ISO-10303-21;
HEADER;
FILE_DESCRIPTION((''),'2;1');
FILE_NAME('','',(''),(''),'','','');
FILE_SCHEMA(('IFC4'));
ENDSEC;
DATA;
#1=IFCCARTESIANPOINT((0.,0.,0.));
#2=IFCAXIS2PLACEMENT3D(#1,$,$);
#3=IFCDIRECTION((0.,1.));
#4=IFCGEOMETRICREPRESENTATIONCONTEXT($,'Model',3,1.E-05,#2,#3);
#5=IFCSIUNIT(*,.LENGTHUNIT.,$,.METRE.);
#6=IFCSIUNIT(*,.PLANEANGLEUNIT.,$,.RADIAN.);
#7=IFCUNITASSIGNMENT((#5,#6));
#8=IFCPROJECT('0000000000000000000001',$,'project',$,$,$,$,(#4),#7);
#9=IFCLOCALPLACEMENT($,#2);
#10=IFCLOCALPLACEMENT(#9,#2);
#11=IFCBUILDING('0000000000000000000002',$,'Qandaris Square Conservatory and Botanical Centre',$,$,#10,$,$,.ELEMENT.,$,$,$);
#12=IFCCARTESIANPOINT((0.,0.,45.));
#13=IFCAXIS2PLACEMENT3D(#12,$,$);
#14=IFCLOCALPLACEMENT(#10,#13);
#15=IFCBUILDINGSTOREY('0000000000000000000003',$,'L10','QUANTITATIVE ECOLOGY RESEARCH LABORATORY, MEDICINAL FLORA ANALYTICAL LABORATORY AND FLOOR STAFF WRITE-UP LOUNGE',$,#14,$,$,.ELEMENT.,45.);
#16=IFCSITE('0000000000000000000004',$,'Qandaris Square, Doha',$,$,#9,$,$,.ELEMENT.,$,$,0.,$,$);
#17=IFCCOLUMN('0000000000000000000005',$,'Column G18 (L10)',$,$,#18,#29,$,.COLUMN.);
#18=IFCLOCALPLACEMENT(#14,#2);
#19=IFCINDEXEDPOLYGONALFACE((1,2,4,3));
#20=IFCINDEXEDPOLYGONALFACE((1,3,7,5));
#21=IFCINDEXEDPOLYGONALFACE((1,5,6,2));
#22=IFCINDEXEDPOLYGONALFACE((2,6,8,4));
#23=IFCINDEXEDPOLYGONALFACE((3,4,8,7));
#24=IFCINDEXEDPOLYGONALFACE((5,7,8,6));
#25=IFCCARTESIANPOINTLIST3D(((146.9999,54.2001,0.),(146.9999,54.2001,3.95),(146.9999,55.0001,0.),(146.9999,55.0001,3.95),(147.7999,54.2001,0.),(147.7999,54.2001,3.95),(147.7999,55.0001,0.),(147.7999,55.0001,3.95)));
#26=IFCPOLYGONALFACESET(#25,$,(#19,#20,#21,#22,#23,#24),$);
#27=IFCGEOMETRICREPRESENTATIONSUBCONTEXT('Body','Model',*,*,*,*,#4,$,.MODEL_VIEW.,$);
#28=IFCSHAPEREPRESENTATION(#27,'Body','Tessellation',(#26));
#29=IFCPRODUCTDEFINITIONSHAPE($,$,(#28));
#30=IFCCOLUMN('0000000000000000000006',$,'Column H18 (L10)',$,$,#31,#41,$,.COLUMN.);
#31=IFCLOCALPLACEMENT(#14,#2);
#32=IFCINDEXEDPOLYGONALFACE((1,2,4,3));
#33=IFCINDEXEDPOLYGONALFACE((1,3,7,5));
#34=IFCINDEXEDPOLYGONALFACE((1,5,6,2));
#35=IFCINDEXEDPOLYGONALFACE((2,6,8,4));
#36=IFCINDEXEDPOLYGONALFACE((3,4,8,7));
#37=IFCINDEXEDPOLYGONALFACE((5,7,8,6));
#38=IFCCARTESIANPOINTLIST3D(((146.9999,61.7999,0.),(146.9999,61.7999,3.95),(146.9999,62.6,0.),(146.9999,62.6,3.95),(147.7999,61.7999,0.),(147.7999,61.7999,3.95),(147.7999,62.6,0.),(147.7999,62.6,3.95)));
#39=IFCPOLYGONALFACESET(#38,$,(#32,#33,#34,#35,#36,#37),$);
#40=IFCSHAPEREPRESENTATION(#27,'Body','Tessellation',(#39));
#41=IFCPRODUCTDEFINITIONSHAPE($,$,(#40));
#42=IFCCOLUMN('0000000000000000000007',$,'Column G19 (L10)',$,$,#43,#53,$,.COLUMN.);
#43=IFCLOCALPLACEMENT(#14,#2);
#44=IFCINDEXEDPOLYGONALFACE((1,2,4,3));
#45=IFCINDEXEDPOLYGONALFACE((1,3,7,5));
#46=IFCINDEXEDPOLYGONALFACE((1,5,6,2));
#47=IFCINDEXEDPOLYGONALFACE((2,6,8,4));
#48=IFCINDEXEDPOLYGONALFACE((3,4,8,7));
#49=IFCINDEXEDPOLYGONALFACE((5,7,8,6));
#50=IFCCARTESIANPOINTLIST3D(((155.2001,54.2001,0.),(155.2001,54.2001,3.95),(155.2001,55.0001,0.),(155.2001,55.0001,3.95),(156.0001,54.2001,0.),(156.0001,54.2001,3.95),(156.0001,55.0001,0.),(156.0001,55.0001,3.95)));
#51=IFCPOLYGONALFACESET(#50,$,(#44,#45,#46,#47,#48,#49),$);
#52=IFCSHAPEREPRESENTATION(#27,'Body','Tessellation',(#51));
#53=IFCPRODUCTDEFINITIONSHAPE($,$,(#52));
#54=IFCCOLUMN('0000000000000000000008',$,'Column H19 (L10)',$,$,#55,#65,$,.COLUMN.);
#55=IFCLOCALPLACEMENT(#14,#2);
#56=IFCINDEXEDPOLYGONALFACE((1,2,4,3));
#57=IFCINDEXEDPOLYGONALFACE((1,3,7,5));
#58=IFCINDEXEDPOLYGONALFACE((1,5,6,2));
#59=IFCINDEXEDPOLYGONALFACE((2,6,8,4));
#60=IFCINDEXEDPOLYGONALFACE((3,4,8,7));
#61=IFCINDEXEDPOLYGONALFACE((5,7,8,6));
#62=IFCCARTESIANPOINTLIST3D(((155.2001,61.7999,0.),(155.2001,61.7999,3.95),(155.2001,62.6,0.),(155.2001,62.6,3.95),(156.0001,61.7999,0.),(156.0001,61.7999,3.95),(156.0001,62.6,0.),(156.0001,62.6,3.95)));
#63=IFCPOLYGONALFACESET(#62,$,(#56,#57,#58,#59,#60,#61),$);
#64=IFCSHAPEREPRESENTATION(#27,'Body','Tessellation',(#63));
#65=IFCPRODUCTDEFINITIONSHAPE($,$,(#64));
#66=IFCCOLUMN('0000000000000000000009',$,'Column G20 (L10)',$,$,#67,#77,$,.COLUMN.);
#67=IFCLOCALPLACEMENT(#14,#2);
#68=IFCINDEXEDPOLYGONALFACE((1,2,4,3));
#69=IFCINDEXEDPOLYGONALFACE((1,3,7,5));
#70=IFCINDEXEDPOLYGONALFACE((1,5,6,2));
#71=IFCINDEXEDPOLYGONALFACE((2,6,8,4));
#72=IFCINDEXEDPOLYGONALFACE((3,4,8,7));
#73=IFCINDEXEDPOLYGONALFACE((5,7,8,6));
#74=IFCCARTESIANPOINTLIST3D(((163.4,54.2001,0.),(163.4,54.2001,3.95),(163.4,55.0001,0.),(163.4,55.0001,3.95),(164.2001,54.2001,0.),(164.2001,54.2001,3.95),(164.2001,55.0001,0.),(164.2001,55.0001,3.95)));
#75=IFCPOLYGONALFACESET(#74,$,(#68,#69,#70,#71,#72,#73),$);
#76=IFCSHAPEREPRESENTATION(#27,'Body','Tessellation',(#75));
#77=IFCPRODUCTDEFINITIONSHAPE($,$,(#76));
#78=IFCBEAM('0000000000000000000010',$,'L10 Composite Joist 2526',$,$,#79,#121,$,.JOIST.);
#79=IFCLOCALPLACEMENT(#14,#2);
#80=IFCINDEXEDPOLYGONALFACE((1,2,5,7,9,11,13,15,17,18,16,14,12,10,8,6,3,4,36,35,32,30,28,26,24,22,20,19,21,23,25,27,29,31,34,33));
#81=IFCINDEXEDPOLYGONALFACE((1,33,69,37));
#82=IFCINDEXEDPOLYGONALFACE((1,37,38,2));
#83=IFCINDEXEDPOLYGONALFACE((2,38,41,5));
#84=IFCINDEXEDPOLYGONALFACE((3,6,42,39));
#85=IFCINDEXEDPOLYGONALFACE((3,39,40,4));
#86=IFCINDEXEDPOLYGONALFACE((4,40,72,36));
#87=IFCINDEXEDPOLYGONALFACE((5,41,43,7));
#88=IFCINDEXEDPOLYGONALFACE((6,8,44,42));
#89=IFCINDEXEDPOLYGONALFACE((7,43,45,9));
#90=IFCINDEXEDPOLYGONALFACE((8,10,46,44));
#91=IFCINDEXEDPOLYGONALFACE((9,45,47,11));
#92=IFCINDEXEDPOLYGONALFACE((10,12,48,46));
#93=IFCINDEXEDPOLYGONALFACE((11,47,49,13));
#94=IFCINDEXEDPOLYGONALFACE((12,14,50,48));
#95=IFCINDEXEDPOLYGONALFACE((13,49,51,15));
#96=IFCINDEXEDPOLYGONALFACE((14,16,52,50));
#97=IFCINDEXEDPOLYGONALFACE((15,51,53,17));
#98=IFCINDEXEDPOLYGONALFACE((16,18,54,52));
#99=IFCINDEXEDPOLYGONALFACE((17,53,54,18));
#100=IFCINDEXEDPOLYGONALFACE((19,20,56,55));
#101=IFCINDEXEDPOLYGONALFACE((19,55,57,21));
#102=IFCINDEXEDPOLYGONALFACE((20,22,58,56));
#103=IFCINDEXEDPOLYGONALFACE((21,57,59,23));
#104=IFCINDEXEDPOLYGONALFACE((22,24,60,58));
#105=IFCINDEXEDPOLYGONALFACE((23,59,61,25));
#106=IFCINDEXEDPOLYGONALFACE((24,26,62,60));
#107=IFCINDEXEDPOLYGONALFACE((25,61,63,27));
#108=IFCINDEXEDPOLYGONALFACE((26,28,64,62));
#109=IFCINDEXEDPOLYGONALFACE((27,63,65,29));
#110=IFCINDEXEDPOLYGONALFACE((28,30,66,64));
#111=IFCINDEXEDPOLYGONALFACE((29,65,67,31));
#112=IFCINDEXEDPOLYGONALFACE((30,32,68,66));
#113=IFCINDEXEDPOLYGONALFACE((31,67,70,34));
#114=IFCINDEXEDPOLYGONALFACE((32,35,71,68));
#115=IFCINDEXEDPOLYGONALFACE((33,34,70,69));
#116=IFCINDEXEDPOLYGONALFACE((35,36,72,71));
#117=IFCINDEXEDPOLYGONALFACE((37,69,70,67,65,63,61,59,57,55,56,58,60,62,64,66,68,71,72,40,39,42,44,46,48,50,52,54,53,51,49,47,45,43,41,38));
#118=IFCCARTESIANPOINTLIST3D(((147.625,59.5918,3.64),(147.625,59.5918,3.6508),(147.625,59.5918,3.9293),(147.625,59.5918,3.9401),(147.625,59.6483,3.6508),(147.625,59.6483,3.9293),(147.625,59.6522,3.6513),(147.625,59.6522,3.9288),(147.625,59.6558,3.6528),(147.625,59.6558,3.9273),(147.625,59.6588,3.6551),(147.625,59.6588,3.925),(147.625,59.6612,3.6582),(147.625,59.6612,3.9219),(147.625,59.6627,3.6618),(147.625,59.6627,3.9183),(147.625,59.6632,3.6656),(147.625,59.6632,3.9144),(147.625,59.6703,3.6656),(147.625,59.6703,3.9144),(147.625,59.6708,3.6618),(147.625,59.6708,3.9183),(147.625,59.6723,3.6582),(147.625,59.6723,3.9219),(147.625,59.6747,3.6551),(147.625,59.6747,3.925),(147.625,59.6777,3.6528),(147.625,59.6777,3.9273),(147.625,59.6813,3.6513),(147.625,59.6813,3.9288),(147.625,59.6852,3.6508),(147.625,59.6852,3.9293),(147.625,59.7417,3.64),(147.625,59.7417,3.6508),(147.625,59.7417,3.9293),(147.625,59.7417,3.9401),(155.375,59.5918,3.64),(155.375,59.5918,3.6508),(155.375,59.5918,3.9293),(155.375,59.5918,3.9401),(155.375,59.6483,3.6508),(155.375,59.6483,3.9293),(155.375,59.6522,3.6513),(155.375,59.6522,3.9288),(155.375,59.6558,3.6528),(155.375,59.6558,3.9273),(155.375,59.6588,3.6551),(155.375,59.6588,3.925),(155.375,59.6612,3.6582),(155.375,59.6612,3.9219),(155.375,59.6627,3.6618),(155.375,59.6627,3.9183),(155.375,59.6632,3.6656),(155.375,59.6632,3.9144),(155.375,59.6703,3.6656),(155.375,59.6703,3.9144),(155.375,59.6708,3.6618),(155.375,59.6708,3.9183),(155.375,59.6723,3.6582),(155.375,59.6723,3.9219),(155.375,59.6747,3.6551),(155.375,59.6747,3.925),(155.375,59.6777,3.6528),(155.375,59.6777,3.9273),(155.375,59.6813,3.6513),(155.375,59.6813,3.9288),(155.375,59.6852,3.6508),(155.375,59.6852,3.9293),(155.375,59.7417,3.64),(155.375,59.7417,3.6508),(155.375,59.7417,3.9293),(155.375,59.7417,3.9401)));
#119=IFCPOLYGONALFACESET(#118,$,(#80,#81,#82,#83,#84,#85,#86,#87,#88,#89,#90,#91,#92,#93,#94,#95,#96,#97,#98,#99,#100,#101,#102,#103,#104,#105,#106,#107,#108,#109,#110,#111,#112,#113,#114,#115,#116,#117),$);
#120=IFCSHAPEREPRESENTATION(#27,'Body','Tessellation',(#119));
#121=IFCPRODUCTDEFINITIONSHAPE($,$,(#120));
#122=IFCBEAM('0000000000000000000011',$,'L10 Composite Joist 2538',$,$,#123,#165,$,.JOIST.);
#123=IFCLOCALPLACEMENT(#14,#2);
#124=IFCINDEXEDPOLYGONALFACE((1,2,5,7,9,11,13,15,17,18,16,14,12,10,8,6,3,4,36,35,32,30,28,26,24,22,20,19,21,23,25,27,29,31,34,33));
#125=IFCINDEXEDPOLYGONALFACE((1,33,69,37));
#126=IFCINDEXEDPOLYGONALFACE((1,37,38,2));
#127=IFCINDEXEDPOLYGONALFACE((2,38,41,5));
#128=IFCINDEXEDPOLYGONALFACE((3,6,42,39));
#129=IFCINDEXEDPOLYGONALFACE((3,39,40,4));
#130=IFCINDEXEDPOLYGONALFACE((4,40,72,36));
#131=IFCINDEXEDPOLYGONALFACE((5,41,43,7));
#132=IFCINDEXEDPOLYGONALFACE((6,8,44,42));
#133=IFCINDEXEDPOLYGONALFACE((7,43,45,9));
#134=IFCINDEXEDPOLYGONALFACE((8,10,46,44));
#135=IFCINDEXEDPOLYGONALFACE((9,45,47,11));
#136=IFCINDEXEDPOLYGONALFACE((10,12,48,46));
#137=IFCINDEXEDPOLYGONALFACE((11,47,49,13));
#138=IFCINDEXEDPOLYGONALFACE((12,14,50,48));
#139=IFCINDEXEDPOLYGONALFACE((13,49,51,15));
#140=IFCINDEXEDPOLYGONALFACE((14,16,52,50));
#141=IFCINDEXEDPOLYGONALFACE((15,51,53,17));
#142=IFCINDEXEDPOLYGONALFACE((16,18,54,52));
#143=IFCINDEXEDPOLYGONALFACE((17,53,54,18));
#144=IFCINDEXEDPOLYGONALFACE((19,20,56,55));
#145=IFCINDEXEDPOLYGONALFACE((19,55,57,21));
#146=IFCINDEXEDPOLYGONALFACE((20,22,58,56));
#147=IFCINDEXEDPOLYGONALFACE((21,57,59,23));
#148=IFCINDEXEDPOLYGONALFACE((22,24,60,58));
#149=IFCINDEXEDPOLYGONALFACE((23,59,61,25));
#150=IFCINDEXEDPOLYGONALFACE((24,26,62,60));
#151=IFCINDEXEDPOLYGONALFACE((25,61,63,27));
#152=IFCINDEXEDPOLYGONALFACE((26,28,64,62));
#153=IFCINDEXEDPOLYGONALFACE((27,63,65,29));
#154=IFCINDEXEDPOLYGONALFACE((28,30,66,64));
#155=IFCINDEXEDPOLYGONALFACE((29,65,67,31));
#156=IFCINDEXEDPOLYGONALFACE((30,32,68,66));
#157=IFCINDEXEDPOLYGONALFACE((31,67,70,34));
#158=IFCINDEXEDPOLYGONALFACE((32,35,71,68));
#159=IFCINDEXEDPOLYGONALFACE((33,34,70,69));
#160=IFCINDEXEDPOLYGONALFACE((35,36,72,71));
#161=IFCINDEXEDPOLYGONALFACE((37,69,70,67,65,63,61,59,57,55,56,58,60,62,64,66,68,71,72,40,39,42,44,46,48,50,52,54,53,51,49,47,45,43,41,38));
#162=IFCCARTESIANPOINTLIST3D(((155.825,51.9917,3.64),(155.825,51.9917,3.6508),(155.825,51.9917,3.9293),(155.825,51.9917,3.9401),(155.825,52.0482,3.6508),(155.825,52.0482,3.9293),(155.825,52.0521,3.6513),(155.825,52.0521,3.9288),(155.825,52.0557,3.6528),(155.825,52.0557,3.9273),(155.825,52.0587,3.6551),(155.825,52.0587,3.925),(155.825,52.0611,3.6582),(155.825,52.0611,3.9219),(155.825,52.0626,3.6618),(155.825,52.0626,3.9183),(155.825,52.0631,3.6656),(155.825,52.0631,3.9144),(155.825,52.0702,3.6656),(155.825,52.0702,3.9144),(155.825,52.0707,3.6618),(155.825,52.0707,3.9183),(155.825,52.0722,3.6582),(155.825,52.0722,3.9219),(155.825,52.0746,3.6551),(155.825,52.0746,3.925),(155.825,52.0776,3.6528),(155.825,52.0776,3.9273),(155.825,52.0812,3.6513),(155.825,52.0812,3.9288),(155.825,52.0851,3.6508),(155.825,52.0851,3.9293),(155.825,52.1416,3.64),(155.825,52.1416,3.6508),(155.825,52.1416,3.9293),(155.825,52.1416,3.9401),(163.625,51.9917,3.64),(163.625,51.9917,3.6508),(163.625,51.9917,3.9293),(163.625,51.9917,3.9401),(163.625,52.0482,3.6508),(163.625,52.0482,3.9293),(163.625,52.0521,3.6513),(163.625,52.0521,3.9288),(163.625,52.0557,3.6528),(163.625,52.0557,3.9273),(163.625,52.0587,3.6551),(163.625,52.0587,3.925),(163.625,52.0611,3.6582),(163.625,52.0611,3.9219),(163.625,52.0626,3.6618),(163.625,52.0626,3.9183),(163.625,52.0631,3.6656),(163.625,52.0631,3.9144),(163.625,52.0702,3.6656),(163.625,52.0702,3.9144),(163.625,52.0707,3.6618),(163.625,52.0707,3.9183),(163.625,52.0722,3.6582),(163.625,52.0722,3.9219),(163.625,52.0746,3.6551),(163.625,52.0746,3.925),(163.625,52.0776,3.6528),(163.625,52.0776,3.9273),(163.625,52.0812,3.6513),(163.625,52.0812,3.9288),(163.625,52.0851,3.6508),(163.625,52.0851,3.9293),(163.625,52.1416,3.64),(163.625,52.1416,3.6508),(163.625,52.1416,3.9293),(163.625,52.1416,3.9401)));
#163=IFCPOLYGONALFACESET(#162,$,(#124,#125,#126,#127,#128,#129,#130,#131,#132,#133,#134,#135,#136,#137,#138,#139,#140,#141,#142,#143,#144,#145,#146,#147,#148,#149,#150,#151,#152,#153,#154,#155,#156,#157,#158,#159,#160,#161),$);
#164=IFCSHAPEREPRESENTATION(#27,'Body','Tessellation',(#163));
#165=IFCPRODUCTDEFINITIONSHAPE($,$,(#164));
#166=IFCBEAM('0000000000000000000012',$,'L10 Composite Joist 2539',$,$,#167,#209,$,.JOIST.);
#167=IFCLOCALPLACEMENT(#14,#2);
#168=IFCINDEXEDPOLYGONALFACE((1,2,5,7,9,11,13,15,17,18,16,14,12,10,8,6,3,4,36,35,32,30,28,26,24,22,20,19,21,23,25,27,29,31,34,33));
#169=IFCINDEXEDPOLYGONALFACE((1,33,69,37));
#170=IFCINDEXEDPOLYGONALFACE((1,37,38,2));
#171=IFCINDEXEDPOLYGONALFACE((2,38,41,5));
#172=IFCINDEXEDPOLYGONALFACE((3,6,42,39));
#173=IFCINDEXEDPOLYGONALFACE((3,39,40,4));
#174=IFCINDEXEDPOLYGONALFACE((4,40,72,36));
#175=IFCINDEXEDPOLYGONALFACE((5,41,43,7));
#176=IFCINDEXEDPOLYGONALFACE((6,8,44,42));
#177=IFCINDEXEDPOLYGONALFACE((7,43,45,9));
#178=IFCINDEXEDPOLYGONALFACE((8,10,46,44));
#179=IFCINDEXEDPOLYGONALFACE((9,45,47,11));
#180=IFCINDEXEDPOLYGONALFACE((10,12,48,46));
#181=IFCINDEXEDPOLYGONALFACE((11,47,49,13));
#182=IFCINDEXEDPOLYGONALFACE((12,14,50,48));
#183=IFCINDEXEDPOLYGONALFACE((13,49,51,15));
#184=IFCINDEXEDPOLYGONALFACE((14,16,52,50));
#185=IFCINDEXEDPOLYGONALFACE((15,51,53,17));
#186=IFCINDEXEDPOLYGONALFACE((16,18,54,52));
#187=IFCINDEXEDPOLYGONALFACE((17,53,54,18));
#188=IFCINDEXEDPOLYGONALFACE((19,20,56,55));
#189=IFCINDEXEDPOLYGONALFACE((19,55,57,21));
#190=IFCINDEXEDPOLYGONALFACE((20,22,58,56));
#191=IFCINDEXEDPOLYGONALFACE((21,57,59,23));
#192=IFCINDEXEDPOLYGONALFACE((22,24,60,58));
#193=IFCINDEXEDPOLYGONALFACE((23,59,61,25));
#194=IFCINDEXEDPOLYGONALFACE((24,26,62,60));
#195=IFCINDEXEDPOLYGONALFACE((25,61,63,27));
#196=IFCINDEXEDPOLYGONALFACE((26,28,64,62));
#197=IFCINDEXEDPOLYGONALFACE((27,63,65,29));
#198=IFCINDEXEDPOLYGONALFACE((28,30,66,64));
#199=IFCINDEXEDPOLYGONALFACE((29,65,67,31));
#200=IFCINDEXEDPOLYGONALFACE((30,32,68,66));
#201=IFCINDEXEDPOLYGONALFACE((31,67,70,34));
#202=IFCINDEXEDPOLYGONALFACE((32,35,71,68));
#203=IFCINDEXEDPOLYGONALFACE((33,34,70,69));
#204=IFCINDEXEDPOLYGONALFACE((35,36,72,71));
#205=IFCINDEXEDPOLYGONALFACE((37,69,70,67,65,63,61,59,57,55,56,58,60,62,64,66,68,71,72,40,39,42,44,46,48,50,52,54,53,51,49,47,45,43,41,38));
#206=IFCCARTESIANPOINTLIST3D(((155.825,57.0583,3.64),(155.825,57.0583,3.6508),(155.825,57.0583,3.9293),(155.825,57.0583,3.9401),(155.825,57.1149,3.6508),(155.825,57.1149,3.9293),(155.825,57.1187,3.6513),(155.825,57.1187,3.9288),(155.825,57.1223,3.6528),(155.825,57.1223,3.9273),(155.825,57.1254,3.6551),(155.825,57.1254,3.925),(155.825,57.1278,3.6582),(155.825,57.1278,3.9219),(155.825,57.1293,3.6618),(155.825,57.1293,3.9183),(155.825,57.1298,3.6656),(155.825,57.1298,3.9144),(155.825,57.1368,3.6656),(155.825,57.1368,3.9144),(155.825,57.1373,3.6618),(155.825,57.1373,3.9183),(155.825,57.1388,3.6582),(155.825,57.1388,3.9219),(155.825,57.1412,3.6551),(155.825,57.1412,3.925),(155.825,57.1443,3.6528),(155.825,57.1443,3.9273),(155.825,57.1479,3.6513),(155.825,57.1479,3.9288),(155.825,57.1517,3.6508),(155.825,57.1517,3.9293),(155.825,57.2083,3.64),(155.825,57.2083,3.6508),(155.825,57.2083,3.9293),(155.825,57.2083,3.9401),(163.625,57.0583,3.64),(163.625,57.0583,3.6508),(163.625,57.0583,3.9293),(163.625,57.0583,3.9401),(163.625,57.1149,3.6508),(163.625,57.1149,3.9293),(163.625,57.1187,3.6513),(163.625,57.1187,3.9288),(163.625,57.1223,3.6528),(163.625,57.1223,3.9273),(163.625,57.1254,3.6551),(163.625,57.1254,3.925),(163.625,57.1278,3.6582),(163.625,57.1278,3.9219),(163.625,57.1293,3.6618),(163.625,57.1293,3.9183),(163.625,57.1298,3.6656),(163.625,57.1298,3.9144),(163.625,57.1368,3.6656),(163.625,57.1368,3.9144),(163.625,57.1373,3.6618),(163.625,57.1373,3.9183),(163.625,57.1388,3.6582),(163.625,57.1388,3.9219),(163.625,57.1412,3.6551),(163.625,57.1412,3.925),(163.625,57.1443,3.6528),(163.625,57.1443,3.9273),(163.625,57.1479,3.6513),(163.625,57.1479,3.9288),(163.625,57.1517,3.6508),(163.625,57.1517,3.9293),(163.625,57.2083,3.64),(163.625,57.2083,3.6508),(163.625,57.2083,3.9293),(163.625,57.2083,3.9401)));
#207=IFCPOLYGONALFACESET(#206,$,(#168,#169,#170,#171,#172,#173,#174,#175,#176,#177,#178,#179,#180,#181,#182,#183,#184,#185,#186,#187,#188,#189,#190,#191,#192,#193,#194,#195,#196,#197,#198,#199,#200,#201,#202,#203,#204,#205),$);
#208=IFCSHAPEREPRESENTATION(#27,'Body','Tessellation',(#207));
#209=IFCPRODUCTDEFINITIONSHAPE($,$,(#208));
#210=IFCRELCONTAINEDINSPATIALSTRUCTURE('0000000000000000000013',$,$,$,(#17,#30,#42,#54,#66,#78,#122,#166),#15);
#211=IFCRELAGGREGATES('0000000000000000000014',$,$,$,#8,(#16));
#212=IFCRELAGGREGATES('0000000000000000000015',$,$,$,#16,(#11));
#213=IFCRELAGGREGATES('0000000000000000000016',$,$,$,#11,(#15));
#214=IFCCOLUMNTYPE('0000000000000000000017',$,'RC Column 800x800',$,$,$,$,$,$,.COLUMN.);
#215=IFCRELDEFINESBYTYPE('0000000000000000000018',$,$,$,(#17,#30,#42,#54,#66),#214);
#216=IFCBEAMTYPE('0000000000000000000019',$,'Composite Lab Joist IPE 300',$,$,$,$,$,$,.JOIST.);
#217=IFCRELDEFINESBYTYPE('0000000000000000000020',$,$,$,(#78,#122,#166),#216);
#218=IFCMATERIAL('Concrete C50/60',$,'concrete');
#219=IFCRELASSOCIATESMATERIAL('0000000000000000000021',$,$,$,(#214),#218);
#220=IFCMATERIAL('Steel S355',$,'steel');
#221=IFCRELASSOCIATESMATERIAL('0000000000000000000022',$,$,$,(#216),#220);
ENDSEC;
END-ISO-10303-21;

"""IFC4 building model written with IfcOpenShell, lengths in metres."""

from ifc_helpers import new_model, si_unit, direction, frame, origin, origin_2d, place, context, subcontext, project, spatial, rectangle, i_section, extrude, material, material_profile, profile_set, type_object, element, save


model = new_model("IFC4")

# Units and contexts
model_context = context("Model", 3, precision=1e-05, world=origin(), true_north=direction((0.0, 1.0)))
body_context = subcontext(model_context, "Body", "Model", "MODEL_VIEW")
ifc_project = project(units=[si_unit("LENGTHUNIT", "METRE"), si_unit("PLANEANGLEUNIT", "RADIAN")], contexts=[model_context])

# Site, building, storey
site_placement = place(None, origin())
site = spatial("IfcSite", under=ifc_project, at=site_placement, Name="Qandaris Square, Doha", CompositionType="ELEMENT", RefElevation=0.0)
building_placement = place(site_placement, origin())
building = spatial("IfcBuilding", under=site, at=building_placement, Name="Qandaris Square Conservatory and Botanical Centre", CompositionType="ELEMENT")
storey_placement = place(building_placement, frame((0.0, 0.0, 45.0)))
storey = spatial("IfcBuildingStorey", under=building, at=storey_placement, Name="L10", Description="QUANTITATIVE ECOLOGY RESEARCH LABORATORY, MEDICINAL FLORA ANALYTICAL LABORATORY AND FLOOR STAFF WRITE-UP LOUNGE", CompositionType="ELEMENT", Elevation=45.0)

# Columns
ifc_material_1 = material(Name="Concrete C50/60", Category="concrete")
ifc_material_profile_1 = material_profile(ifc_material_1, rectangle(XDim=0.8, YDim=0.8, at=origin_2d()), Name="RC-COL 800x800")
ifc_profile_set_1 = profile_set([ifc_material_profile_1], Name="Concrete C50/60")
column_type = type_object("IfcColumnType", Name="RC Column 800x800", PredefinedType="COLUMN", material=ifc_profile_set_1)
for number, where, z_axis, x_axis, name in (
    (1, (147.3999, 54.6001, 0.0), (0.0, 0.0, 1.0), (1.0, 0.0, 0.0), "Column G18 (L10)"),
    (2, (147.3999, 62.2, 0.0), (0.0, 0.0, 1.0), (1.0, 0.0, 0.0), "Column H18 (L10)"),
    (3, (155.6001, 54.6001, 0.0), (0.0, 0.0, 1.0), (1.0, 0.0, 0.0), "Column G19 (L10)"),
    (4, (155.6001, 62.2, 0.0), (0.0, 0.0, 1.0), (1.0, 0.0, 0.0), "Column H19 (L10)"),
    (5, (163.8, 54.6001, 0.0), (0.0, 0.0, 1.0), (1.0, 0.0, 0.0), "Column G20 (L10)"),
):
    element("IfcColumn", number, at=place(storey_placement, frame(where, z_axis=z_axis, x_axis=x_axis)), inside=storey, type_object=column_type, Name=name, PredefinedType="COLUMN", context=body_context, shape_type="SweptSolid", body=[
        extrude(rectangle(XDim=0.8, YDim=0.8, at=origin_2d()), origin(), (0.0, 0.0, 1.0), 3.95),
    ])

# Beams
ifc_material_2 = material(Name="Steel S355", Category="steel")
ifc_material_profile_2 = material_profile(ifc_material_2, i_section(OverallWidth=0.1499, OverallDepth=0.3, WebThickness=0.0071, FlangeThickness=0.0107, FilletRadius=0.0149, at=origin_2d()), Name="IPE 300")
ifc_profile_set_2 = profile_set([ifc_material_profile_2], Name="Steel S355")
beam_type_1 = type_object("IfcBeamType", Name="Composite Lab Joist IPE 300", PredefinedType="JOIST", material=ifc_profile_set_2)
beam_1_placement = place(storey_placement, frame((147.625, 59.6667, 3.79), z_axis=(1.0, 0.0, 0.0), x_axis=(0.0, 1.0, 0.0)))
element("IfcBeam", 6, at=beam_1_placement, inside=storey, type_object=beam_type_1, Name="L10 Composite Joist 2526", PredefinedType="JOIST", context=body_context, shape_type="SweptSolid", body=[
    extrude(i_section(OverallWidth=0.1499, OverallDepth=0.3, WebThickness=0.0071, FlangeThickness=0.0107, FilletRadius=0.0149, at=origin_2d()), origin(), (0.0, 0.0, 1.0), 7.75),
])
for number, where, z_axis, x_axis, name in (
    (7, (155.825, 52.0667, 3.79), (1.0, 0.0, 0.0), (0.0, 1.0, 0.0), "L10 Composite Joist 2538"),
    (8, (155.825, 57.1333, 3.79), (1.0, 0.0, 0.0), (0.0, 1.0, 0.0), "L10 Composite Joist 2539"),
):
    element("IfcBeam", number, at=place(storey_placement, frame(where, z_axis=z_axis, x_axis=x_axis)), inside=storey, type_object=beam_type_1, Name=name, PredefinedType="JOIST", context=body_context, shape_type="SweptSolid", body=[
        extrude(i_section(OverallWidth=0.1499, OverallDepth=0.3, WebThickness=0.0071, FlangeThickness=0.0107, FilletRadius=0.0149, at=origin_2d()), origin(), (0.0, 0.0, 1.0), 7.8),
    ])

save(model, "model.ifc")
